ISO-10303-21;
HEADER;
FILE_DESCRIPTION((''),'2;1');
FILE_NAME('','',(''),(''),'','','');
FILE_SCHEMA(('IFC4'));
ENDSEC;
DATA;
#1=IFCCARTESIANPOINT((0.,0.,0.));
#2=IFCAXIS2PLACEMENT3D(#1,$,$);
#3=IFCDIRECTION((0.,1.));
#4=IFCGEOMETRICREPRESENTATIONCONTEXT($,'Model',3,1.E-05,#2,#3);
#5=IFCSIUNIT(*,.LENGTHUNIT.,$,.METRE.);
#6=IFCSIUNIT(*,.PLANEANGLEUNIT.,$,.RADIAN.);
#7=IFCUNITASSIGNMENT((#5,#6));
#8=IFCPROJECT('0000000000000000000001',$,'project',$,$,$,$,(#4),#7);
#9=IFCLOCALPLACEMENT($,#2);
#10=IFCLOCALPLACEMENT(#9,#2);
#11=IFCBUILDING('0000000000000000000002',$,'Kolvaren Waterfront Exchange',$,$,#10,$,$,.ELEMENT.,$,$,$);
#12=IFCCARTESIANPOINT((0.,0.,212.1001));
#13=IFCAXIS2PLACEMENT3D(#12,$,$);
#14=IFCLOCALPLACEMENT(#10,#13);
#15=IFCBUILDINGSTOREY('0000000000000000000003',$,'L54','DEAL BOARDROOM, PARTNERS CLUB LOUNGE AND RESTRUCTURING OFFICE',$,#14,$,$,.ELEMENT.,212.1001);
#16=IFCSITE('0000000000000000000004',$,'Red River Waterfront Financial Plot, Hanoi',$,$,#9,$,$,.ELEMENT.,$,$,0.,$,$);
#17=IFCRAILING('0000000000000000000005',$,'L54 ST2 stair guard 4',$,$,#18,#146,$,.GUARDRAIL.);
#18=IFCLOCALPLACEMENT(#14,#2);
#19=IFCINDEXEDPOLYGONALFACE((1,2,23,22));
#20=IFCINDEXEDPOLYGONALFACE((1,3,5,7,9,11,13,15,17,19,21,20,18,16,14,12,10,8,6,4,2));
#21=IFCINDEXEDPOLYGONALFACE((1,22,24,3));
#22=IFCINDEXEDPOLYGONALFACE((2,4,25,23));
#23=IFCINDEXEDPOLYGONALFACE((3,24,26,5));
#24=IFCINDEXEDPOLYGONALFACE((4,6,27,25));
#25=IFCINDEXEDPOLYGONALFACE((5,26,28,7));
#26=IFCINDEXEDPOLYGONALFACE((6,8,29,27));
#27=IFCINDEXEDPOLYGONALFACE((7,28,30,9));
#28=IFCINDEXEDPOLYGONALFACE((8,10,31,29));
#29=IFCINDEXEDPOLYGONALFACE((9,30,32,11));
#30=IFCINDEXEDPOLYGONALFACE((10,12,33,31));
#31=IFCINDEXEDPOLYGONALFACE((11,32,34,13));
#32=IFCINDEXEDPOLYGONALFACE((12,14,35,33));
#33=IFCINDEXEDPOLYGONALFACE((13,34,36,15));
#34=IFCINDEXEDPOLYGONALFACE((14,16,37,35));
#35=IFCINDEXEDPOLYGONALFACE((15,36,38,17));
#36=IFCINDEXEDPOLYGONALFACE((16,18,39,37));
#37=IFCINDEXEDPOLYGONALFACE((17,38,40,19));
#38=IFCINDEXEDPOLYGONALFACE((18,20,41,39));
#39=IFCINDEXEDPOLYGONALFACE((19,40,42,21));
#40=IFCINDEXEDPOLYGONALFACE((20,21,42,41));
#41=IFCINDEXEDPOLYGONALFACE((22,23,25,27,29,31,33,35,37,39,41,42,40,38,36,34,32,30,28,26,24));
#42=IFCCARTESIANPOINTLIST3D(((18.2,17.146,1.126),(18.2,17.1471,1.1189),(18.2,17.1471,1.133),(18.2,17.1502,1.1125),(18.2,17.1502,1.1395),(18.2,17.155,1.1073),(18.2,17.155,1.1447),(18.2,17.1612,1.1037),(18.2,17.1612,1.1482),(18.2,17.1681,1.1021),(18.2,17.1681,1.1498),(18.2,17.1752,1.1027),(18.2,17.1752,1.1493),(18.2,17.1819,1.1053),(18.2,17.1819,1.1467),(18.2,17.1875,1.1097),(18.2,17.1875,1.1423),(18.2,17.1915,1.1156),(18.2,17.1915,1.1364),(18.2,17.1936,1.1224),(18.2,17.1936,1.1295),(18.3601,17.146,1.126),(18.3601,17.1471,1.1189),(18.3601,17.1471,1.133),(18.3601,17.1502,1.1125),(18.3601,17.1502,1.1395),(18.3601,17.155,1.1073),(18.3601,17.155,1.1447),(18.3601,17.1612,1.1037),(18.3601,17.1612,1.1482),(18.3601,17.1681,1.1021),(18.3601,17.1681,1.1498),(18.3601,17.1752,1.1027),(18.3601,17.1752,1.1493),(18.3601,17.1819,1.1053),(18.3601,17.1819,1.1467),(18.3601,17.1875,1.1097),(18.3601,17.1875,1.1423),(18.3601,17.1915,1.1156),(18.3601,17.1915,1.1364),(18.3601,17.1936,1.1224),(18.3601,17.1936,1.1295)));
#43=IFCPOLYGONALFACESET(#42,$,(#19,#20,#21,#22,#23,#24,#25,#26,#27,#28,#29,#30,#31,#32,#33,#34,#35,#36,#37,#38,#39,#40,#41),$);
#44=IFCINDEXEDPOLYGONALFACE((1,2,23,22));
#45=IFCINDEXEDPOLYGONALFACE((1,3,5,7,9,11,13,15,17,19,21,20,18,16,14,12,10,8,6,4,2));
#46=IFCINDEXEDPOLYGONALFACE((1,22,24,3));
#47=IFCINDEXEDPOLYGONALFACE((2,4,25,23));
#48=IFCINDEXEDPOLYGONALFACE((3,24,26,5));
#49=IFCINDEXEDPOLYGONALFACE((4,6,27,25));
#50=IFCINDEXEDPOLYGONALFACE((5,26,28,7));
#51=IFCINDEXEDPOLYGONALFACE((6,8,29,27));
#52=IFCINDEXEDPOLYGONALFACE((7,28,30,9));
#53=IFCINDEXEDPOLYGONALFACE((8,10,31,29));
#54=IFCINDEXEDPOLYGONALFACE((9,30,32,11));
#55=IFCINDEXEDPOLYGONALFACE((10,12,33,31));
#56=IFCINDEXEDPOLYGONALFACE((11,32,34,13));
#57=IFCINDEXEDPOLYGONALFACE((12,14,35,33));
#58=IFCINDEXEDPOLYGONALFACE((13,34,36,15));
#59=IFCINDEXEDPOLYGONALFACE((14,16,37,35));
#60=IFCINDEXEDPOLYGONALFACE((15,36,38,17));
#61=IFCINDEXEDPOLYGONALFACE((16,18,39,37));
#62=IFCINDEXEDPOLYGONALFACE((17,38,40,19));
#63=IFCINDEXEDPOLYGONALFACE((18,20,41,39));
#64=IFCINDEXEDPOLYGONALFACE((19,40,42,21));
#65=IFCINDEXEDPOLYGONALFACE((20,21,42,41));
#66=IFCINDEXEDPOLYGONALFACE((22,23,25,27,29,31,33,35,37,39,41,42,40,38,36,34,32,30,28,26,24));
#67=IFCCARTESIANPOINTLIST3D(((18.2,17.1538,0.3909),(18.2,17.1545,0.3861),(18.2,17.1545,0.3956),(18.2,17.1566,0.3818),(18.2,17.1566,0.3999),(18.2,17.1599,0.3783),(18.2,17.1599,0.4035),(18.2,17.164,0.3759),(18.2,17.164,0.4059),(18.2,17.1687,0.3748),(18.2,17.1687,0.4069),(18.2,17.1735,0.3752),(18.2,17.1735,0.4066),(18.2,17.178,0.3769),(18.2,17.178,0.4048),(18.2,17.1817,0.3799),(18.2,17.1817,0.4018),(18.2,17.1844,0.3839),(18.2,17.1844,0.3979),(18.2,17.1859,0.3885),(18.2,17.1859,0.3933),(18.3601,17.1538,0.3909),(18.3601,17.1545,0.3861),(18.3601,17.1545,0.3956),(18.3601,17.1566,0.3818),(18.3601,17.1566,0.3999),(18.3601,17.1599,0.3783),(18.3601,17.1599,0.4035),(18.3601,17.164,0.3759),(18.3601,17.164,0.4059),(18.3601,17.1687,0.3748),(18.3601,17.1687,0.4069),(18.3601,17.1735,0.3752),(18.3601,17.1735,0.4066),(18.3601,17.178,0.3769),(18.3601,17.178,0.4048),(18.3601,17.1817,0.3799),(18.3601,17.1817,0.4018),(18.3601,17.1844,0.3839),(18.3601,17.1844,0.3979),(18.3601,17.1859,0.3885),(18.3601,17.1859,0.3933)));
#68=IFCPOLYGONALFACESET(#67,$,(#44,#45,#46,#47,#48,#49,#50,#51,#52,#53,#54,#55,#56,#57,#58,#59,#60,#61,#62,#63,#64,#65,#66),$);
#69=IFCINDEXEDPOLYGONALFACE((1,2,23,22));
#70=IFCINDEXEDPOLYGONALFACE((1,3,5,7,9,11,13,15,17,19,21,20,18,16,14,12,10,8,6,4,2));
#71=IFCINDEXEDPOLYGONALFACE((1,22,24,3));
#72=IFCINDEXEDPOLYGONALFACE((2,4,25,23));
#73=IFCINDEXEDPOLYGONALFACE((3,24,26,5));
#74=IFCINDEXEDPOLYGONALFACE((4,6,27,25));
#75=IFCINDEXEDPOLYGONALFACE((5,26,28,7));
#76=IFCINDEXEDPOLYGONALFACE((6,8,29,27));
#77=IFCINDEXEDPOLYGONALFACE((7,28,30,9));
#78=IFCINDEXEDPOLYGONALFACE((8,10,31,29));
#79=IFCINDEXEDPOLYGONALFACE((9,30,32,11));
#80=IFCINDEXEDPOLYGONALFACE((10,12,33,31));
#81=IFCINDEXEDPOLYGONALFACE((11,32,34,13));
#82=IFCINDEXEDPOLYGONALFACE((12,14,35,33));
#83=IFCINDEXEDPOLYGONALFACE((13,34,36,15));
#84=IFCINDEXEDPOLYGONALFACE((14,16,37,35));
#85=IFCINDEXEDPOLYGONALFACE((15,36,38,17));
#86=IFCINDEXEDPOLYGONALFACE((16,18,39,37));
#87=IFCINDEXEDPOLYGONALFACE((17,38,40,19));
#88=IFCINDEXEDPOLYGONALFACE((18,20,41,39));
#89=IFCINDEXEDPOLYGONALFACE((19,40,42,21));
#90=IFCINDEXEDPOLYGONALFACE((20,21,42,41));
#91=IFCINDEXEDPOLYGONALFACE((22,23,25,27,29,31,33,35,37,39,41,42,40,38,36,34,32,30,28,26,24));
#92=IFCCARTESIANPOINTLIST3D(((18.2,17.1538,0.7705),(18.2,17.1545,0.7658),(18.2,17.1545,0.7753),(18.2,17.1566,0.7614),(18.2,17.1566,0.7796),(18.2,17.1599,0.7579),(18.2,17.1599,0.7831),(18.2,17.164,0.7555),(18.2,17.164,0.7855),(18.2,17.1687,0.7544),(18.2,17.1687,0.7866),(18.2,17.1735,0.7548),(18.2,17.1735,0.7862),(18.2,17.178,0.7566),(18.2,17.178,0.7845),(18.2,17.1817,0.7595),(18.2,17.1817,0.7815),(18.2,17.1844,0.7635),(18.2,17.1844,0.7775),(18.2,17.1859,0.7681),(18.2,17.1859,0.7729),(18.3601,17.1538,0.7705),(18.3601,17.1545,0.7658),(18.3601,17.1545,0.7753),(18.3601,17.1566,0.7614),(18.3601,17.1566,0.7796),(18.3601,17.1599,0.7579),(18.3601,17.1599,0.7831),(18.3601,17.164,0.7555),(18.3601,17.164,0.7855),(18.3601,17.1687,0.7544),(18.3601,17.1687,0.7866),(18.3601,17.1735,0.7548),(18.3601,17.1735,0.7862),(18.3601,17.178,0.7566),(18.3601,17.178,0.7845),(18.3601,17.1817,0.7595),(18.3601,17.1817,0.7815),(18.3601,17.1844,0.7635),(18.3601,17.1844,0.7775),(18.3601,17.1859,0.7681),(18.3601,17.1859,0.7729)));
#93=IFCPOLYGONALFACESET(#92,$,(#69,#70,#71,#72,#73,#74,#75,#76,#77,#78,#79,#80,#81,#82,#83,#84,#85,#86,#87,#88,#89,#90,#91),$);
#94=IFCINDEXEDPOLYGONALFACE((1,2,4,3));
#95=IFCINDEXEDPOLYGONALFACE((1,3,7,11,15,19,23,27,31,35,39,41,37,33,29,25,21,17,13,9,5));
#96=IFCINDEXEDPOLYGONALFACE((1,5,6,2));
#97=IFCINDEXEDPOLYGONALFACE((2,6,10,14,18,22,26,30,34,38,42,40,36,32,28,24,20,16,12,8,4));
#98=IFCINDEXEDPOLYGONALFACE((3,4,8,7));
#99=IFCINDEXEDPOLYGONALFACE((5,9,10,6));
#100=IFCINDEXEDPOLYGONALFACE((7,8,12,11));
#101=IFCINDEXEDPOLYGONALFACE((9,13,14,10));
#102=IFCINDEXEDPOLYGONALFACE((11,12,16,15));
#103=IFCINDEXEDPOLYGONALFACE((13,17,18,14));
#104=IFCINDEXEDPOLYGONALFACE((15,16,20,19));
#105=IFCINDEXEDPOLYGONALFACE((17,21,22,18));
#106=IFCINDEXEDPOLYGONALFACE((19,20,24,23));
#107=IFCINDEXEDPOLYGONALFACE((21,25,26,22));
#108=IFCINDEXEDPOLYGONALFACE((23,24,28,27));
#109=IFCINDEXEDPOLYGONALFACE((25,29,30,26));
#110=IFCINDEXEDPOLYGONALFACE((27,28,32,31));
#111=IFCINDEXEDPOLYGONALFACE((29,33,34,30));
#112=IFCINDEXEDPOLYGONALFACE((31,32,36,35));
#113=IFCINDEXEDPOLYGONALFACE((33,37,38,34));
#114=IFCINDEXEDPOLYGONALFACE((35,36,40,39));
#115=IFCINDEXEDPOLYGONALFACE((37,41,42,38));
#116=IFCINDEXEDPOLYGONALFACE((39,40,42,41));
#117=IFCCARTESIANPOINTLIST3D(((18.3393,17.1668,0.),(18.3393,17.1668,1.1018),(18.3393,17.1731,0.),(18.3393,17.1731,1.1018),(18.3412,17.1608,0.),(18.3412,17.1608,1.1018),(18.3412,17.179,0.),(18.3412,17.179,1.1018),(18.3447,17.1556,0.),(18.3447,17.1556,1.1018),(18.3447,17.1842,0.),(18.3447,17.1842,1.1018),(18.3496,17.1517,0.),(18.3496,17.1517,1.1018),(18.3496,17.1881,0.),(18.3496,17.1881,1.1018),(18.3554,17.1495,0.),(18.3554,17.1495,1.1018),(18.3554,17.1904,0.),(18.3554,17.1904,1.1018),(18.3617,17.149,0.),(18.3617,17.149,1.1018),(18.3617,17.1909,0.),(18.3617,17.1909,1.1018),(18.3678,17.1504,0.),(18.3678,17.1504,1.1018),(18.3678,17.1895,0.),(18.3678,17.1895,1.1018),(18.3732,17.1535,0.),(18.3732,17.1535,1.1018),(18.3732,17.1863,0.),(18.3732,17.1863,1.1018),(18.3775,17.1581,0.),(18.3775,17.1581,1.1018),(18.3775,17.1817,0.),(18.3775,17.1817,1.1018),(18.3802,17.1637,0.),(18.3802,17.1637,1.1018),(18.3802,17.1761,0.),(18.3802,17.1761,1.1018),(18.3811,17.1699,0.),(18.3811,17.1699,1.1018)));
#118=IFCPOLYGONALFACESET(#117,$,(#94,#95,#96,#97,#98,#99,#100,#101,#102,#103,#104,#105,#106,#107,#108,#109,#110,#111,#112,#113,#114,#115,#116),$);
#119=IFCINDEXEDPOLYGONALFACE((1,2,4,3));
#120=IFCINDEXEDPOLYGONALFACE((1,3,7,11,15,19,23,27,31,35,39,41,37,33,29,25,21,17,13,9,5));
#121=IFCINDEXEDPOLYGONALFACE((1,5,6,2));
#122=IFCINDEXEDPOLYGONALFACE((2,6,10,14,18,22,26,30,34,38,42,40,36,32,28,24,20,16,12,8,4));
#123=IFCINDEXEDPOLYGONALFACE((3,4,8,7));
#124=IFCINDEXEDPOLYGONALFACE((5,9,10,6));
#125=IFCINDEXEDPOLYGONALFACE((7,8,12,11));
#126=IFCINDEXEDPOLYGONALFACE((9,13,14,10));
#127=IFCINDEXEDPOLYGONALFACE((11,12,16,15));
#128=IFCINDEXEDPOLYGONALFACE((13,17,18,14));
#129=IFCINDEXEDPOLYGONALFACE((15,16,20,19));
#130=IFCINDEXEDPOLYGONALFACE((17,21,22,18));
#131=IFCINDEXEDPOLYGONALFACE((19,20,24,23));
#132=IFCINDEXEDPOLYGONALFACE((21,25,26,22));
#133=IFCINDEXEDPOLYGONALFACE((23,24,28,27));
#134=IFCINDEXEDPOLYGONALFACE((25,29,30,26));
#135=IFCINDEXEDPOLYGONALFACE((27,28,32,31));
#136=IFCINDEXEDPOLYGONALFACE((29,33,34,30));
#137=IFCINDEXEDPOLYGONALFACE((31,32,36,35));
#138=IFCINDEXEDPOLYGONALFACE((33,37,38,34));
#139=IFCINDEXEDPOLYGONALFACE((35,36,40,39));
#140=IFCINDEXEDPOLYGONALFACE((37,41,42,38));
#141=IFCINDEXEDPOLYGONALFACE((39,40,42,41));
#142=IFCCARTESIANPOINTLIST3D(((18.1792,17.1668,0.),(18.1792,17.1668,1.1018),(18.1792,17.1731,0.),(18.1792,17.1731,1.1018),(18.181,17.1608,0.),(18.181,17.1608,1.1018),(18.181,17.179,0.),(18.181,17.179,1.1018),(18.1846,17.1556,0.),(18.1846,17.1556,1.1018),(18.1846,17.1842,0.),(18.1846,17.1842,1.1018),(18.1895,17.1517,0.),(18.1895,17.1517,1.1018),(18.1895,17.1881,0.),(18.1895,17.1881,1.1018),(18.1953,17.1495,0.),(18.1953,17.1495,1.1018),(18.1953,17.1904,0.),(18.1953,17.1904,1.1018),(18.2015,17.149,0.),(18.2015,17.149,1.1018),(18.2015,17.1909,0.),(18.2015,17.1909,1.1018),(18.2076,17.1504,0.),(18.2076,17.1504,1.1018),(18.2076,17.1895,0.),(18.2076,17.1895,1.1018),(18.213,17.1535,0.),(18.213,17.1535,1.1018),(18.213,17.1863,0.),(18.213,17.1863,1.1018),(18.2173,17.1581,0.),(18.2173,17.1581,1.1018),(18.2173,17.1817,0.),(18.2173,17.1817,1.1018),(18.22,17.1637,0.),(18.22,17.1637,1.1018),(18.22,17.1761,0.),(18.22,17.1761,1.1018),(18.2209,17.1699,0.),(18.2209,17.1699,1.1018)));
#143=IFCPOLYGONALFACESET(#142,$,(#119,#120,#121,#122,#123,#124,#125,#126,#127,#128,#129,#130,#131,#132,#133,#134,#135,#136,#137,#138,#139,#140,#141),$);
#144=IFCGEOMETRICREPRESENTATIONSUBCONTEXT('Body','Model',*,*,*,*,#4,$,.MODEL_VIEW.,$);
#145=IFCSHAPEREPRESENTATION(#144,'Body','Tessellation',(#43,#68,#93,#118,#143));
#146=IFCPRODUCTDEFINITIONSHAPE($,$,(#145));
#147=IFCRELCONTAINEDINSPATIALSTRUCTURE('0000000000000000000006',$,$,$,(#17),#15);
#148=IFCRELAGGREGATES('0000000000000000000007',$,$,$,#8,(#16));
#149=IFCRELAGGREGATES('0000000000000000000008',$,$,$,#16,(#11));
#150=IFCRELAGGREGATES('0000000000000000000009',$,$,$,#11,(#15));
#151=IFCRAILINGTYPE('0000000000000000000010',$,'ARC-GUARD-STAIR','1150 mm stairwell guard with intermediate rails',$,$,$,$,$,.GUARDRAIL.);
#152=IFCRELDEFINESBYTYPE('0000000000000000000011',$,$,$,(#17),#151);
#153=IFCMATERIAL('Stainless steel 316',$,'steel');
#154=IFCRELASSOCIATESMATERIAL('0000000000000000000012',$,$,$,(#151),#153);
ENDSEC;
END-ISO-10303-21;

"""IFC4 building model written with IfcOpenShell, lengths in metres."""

from ifc_helpers import new_model, si_unit, direction, frame, origin, origin_2d, place, context, subcontext, project, spatial, circle, extrude, material, type_object, element, save


model = new_model("IFC4")

# Units and contexts
model_context = context("Model", 3, precision=1e-05, world=origin(), true_north=direction((0.0, 1.0)))
body_context = subcontext(model_context, "Body", "Model", "MODEL_VIEW")
ifc_project = project(units=[si_unit("LENGTHUNIT", "METRE"), si_unit("PLANEANGLEUNIT", "RADIAN")], contexts=[model_context])

# Site, building, storey
site_placement = place(None, origin())
site = spatial("IfcSite", under=ifc_project, at=site_placement, Name="Red River Waterfront Financial Plot, Hanoi", CompositionType="ELEMENT", RefElevation=0.0)
building_placement = place(site_placement, origin())
building = spatial("IfcBuilding", under=site, at=building_placement, Name="Kolvaren Waterfront Exchange", CompositionType="ELEMENT")
storey_placement = place(building_placement, frame((0.0, 0.0, 212.1001)))
storey = spatial("IfcBuildingStorey", under=building, at=storey_placement, Name="L54", Description="DEAL BOARDROOM, PARTNERS CLUB LOUNGE AND RESTRUCTURING OFFICE", CompositionType="ELEMENT", Elevation=212.1001)

# Railing
ifc_material_1 = material(Name="Stainless steel 316", Category="steel")
railing_type_1 = type_object("IfcRailingType", Name="ARC-GUARD-STAIR", Description="1150 mm stairwell guard with intermediate rails", PredefinedType="GUARDRAIL", material=ifc_material_1)
railing_1_placement = place(storey_placement, frame((18.3601, 17.1699, 0.0)))
element("IfcRailing", 1, at=railing_1_placement, inside=storey, type_object=railing_type_1, Name="L54 ST2 stair guard 4", PredefinedType="GUARDRAIL", context=body_context, shape_type="SweptSolid", body=[
    extrude(circle(Radius=0.0239, at=origin_2d()), frame((0.0, 0.0, 1.126), z_axis=(-1.0, 0.0, 0.0), x_axis=(0.0, -1.0, 0.0)), (0.0, 0.0, 1.0), 0.1602),
    extrude(circle(Radius=0.0161, at=origin_2d()), frame((0.0, 0.0, 0.3909), z_axis=(-1.0, 0.0, 0.0), x_axis=(0.0, -1.0, 0.0)), (0.0, 0.0, 1.0), 0.1602),
    extrude(circle(Radius=0.0161, at=origin_2d()), frame((0.0, 0.0, 0.7705), z_axis=(-1.0, 0.0, 0.0), x_axis=(0.0, -1.0, 0.0)), (0.0, 0.0, 1.0), 0.1602),
    extrude(circle(Radius=0.021, at=origin_2d()), origin(), (0.0, 0.0, 1.0), 1.1018),
    extrude(circle(Radius=0.021, at=origin_2d()), frame((-0.1602, 0.0, 0.0)), (0.0, 0.0, 1.0), 1.1018),
])

save(model, "model.ifc")
